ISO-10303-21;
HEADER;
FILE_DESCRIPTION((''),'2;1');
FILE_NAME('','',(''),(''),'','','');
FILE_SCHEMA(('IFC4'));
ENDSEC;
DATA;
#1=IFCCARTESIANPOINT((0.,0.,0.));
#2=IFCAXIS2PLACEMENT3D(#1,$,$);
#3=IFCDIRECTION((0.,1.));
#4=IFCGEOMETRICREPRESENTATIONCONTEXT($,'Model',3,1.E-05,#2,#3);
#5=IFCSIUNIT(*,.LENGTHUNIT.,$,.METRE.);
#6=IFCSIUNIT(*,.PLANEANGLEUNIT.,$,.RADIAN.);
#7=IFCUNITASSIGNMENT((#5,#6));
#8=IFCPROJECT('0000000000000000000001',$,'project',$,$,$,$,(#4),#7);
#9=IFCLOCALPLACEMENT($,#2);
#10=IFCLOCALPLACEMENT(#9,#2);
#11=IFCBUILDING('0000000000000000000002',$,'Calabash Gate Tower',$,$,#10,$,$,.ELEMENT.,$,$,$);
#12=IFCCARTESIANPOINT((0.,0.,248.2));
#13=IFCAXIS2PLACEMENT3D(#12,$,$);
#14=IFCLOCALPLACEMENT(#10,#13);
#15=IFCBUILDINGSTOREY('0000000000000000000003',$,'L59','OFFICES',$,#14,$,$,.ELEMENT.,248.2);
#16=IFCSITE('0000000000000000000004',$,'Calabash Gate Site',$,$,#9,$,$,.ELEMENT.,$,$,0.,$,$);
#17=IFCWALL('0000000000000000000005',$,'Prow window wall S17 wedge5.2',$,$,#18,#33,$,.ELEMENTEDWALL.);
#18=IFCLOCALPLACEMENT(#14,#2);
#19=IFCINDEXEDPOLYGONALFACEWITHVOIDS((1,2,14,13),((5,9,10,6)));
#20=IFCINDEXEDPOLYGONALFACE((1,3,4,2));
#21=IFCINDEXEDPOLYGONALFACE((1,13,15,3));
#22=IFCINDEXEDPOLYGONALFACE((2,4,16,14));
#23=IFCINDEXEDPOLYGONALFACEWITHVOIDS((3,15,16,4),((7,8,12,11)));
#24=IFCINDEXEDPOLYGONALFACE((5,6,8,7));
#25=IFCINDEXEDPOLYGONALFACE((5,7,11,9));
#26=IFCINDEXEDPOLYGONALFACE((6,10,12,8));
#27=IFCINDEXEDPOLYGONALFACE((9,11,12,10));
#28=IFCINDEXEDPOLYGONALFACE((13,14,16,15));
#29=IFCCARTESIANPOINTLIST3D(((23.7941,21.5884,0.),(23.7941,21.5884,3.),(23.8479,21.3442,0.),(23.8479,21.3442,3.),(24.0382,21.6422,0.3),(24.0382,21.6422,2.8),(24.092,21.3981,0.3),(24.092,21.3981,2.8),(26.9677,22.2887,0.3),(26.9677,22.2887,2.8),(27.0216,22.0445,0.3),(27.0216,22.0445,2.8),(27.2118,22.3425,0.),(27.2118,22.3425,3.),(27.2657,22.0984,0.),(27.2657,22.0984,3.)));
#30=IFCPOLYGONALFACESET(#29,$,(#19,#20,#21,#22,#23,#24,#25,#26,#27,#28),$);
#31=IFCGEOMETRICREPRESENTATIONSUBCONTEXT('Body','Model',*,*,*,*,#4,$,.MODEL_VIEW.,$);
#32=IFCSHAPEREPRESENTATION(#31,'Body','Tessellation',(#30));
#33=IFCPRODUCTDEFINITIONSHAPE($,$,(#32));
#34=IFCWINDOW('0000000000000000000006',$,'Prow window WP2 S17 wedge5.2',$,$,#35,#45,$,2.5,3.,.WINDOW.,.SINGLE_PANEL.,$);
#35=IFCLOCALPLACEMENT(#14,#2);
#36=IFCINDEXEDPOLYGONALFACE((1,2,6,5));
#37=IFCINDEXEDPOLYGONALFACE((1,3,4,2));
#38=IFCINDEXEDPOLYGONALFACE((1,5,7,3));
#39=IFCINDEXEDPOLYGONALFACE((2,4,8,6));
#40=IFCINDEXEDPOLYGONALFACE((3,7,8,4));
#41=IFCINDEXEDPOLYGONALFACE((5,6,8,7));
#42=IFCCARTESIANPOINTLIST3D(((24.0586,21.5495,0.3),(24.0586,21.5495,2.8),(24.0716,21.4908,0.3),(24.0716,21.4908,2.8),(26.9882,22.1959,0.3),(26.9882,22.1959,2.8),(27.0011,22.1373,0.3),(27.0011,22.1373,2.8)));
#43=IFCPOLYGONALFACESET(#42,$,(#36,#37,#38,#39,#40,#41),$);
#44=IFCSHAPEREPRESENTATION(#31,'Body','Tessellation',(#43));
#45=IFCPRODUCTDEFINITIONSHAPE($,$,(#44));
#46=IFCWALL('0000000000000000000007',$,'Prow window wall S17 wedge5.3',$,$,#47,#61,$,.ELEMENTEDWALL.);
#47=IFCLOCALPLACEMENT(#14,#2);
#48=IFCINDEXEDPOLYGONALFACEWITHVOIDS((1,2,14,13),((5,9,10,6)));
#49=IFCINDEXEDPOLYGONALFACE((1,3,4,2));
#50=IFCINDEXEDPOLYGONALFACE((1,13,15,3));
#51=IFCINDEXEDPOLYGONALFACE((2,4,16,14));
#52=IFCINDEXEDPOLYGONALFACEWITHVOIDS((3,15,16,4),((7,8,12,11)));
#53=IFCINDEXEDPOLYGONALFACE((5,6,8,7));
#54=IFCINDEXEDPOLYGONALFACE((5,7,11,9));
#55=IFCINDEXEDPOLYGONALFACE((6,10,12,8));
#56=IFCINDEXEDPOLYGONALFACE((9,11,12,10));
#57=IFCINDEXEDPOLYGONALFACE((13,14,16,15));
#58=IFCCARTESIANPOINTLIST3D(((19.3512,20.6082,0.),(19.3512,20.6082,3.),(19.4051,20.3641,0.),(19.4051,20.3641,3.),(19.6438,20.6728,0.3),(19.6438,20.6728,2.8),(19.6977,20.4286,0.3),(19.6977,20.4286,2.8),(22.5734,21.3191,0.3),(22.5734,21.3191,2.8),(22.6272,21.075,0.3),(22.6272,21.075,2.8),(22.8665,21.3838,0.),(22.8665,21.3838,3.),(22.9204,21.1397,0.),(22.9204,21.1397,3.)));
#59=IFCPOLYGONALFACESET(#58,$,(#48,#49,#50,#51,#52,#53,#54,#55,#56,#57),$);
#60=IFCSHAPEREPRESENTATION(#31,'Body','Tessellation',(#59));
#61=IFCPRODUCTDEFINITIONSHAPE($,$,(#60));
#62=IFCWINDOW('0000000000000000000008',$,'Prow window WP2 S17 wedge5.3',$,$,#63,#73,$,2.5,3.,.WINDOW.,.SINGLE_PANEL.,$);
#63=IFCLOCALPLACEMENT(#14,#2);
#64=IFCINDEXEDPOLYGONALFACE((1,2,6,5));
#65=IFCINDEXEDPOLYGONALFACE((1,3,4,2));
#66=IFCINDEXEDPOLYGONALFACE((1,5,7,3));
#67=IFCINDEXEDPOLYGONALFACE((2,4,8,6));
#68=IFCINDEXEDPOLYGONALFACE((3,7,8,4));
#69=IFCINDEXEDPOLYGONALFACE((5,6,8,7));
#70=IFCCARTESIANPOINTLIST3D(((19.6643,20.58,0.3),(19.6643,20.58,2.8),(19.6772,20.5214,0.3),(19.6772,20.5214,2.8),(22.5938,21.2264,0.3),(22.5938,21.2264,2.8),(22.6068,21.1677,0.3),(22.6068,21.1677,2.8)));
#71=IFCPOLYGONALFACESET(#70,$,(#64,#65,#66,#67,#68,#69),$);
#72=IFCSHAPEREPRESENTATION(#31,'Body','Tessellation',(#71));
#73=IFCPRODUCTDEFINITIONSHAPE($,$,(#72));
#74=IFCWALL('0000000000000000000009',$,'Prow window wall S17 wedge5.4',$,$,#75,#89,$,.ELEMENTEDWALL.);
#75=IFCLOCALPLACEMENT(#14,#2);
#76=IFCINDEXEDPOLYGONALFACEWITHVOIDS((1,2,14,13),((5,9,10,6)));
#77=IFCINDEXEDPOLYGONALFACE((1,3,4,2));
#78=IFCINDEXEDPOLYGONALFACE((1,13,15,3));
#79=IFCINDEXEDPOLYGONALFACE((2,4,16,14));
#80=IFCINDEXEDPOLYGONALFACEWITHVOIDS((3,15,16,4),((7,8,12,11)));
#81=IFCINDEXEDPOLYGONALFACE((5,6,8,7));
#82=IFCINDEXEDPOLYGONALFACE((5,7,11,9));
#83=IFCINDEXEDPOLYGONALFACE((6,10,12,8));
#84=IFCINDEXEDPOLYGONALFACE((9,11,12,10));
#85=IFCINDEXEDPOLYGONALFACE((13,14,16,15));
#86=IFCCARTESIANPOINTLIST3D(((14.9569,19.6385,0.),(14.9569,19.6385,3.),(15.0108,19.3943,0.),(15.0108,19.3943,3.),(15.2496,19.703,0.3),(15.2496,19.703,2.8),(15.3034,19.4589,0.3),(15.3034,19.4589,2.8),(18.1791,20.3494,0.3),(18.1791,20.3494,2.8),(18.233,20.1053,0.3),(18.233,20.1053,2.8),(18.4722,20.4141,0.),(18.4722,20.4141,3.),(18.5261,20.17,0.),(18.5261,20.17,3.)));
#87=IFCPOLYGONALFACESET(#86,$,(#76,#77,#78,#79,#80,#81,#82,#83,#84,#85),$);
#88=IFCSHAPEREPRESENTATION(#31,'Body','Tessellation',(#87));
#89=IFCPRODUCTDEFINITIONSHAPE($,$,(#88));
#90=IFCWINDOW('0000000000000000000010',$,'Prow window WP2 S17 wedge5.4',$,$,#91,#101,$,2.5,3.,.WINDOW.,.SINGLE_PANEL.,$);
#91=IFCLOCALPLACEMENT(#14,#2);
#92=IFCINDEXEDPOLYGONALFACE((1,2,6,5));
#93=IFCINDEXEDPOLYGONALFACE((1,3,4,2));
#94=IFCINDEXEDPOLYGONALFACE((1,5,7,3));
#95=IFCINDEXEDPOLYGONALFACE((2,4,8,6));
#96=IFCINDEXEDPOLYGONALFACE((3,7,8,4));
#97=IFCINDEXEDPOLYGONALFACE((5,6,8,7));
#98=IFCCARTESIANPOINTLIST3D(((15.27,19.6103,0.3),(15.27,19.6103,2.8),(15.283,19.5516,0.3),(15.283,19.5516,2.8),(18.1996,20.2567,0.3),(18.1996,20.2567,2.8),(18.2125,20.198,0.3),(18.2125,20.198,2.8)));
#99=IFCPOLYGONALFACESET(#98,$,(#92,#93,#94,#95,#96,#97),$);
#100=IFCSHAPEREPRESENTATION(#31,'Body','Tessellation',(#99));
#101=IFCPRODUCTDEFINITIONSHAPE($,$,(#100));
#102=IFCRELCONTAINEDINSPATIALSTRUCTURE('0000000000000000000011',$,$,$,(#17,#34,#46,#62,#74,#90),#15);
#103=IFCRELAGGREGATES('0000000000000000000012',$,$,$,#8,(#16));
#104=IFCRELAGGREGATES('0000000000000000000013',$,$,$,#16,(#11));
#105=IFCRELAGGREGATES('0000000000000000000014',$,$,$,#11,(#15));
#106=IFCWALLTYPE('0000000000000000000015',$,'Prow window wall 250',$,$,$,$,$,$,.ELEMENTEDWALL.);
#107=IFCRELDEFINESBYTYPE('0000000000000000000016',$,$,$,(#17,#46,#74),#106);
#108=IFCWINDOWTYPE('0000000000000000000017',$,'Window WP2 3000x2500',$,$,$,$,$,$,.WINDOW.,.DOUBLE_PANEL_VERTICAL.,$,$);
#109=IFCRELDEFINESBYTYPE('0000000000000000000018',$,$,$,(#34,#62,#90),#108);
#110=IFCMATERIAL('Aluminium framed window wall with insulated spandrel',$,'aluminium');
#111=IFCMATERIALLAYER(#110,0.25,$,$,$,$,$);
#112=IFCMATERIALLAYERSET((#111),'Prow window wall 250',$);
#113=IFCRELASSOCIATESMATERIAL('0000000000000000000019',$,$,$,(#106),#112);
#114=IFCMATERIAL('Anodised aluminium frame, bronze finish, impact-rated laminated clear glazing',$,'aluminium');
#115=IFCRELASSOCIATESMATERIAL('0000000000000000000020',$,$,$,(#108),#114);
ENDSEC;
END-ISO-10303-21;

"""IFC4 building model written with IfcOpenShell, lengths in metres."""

from ifc_helpers import new_model, si_unit, direction, frame, frame_2d, origin, place, context, subcontext, project, spatial, rectangle, extrude, material, layer, layer_set, type_object, element, fill, save


model = new_model("IFC4")

# Units and contexts
model_context = context("Model", 3, precision=1e-05, world=origin(), true_north=direction((0.0, 1.0)))
body_context = subcontext(model_context, "Body", "Model", "MODEL_VIEW")
ifc_project = project(units=[si_unit("LENGTHUNIT", "METRE"), si_unit("PLANEANGLEUNIT", "RADIAN")], contexts=[model_context])

# Site, building, storey
site_placement = place(None, origin())
site = spatial("IfcSite", under=ifc_project, at=site_placement, Name="Calabash Gate Site", CompositionType="ELEMENT", RefElevation=0.0)
building_placement = place(site_placement, origin())
building = spatial("IfcBuilding", under=site, at=building_placement, Name="Calabash Gate Tower", CompositionType="ELEMENT")
storey_placement = place(building_placement, frame((0.0, 0.0, 248.2)))
storey = spatial("IfcBuildingStorey", under=building, at=storey_placement, Name="L59", Description="OFFICES", CompositionType="ELEMENT", Elevation=248.2)

# Walls, openings, windows
ifc_material_1 = material(Name="Aluminium framed window wall with insulated spandrel", Category="aluminium")
ifc_layer_1 = layer(ifc_material_1, 0.25)
ifc_layer_set_1 = layer_set([ifc_layer_1], Name="Prow window wall 250")
wall_type_1 = type_object("IfcWallType", Name="Prow window wall 250", PredefinedType="ELEMENTEDWALL", material=ifc_layer_set_1)
ifc_material_2 = material(Name="Anodised aluminium frame, bronze finish, impact-rated laminated clear glazing", Category="aluminium")
window_type = type_object("IfcWindowType", Name="Window WP2 3000x2500", PartitioningType="DOUBLE_PANEL_VERTICAL", PredefinedType="WINDOW", material=ifc_material_2)
wall_1_placement = place(storey_placement, frame((27.2388, 22.2205, 0.0), z_axis=(0.0, 0.0, 1.0), x_axis=(-0.976509, -0.215475, 0.0)))
wall_1 = element("IfcWall", 1, at=wall_1_placement, inside=storey, type_object=wall_type_1, Name="Prow window wall S17 wedge5.2", PredefinedType="ELEMENTEDWALL", context=body_context, shape_type="SweptSolid", body=[
    extrude(rectangle(XDim=3.5, YDim=0.25, at=frame_2d((1.75, 0.0))), origin(), (0.0, 0.0, 1.0), 3.0),
])
opening_1_placement = place(wall_1_placement, frame((0.25, 0.0, 0.3)))
opening_1 = element("IfcOpeningElement", 2, at=opening_1_placement, cuts=wall_1, PredefinedType="OPENING", context=body_context, shape_type="SweptSolid", body=[
    extrude(rectangle(XDim=3.0, YDim=2.5, at=frame_2d((1.5, 1.25))), frame((0.0, 0.135, 0.0), z_axis=(0.0, -1.0, 0.0), x_axis=(1.0, 0.0, 0.0)), (0.0, 0.0, 1.0), 0.27),
])
window_1_placement = place(opening_1_placement, origin())
window_1 = element("IfcWindow", 3, at=window_1_placement, inside=storey, type_object=window_type, Name="Prow window WP2 S17 wedge5.2", OverallHeight=2.5, OverallWidth=3.0, PartitioningType="SINGLE_PANEL", PredefinedType="WINDOW", context=body_context, shape_type="SweptSolid", body=[
    extrude(rectangle(XDim=3.0, YDim=2.5, at=frame_2d((1.5, 1.25))), frame((0.0, 0.03, 0.0), z_axis=(0.0, -1.0, 0.0), x_axis=(1.0, 0.0, 0.0)), (0.0, 0.0, 1.0), 0.0601),
])
fill(opening_1, window_1)
wall_2_placement = place(storey_placement, frame((22.8933, 21.2617, 0.0), z_axis=(0.0, 0.0, 1.0), x_axis=(-0.976513, -0.215458, 0.0)))
wall_2 = element("IfcWall", 4, at=wall_2_placement, inside=storey, type_object=wall_type_1, Name="Prow window wall S17 wedge5.3", PredefinedType="ELEMENTEDWALL", context=body_context, shape_type="SweptSolid", body=[
    extrude(rectangle(XDim=3.5999, YDim=0.25, at=frame_2d((1.7998, 0.0))), origin(), (0.0, 0.0, 1.0), 3.0),
])
opening_2_placement = place(wall_2_placement, frame((0.3, 0.0, 0.3)))
opening_2 = element("IfcOpeningElement", 5, at=opening_2_placement, cuts=wall_2, PredefinedType="OPENING", context=body_context, shape_type="SweptSolid", body=[
    extrude(rectangle(XDim=3.0, YDim=2.5, at=frame_2d((1.5, 1.25))), frame((0.0, 0.135, 0.0), z_axis=(0.0, -1.0, 0.0), x_axis=(1.0, 0.0, 0.0)), (0.0, 0.0, 1.0), 0.27),
])
window_2_placement = place(opening_2_placement, origin())
window_2 = element("IfcWindow", 6, at=window_2_placement, inside=storey, type_object=window_type, Name="Prow window WP2 S17 wedge5.3", OverallHeight=2.5, OverallWidth=3.0, PartitioningType="SINGLE_PANEL", PredefinedType="WINDOW", context=body_context, shape_type="SweptSolid", body=[
    extrude(rectangle(XDim=3.0, YDim=2.5, at=frame_2d((1.5, 1.25))), frame((0.0, 0.03, 0.0), z_axis=(0.0, -1.0, 0.0), x_axis=(1.0, 0.0, 0.0)), (0.0, 0.0, 1.0), 0.0601),
])
fill(opening_2, window_2)
wall_3_placement = place(storey_placement, frame((18.499, 20.292, 0.0), z_axis=(0.0, 0.0, 1.0), x_axis=(-0.976513, -0.215458, 0.0)))
wall_3 = element("IfcWall", 7, at=wall_3_placement, inside=storey, type_object=wall_type_1, Name="Prow window wall S17 wedge5.4", PredefinedType="ELEMENTEDWALL", context=body_context, shape_type="SweptSolid", body=[
    extrude(rectangle(XDim=3.5999, YDim=0.25, at=frame_2d((1.7998, 0.0))), origin(), (0.0, 0.0, 1.0), 3.0),
])
opening_3_placement = place(wall_3_placement, frame((0.3, 0.0, 0.3)))
opening_3 = element("IfcOpeningElement", 8, at=opening_3_placement, cuts=wall_3, PredefinedType="OPENING", context=body_context, shape_type="SweptSolid", body=[
    extrude(rectangle(XDim=3.0, YDim=2.5, at=frame_2d((1.5, 1.25))), frame((0.0, 0.135, 0.0), z_axis=(0.0, -1.0, 0.0), x_axis=(1.0, 0.0, 0.0)), (0.0, 0.0, 1.0), 0.27),
])
window_3_placement = place(opening_3_placement, origin())
window_3 = element("IfcWindow", 9, at=window_3_placement, inside=storey, type_object=window_type, Name="Prow window WP2 S17 wedge5.4", OverallHeight=2.5, OverallWidth=3.0, PartitioningType="SINGLE_PANEL", PredefinedType="WINDOW", context=body_context, shape_type="SweptSolid", body=[
    extrude(rectangle(XDim=3.0, YDim=2.5, at=frame_2d((1.5, 1.25))), frame((0.0, 0.03, 0.0), z_axis=(0.0, -1.0, 0.0), x_axis=(1.0, 0.0, 0.0)), (0.0, 0.0, 1.0), 0.0601),
])
fill(opening_3, window_3)

save(model, "model.ifc")
